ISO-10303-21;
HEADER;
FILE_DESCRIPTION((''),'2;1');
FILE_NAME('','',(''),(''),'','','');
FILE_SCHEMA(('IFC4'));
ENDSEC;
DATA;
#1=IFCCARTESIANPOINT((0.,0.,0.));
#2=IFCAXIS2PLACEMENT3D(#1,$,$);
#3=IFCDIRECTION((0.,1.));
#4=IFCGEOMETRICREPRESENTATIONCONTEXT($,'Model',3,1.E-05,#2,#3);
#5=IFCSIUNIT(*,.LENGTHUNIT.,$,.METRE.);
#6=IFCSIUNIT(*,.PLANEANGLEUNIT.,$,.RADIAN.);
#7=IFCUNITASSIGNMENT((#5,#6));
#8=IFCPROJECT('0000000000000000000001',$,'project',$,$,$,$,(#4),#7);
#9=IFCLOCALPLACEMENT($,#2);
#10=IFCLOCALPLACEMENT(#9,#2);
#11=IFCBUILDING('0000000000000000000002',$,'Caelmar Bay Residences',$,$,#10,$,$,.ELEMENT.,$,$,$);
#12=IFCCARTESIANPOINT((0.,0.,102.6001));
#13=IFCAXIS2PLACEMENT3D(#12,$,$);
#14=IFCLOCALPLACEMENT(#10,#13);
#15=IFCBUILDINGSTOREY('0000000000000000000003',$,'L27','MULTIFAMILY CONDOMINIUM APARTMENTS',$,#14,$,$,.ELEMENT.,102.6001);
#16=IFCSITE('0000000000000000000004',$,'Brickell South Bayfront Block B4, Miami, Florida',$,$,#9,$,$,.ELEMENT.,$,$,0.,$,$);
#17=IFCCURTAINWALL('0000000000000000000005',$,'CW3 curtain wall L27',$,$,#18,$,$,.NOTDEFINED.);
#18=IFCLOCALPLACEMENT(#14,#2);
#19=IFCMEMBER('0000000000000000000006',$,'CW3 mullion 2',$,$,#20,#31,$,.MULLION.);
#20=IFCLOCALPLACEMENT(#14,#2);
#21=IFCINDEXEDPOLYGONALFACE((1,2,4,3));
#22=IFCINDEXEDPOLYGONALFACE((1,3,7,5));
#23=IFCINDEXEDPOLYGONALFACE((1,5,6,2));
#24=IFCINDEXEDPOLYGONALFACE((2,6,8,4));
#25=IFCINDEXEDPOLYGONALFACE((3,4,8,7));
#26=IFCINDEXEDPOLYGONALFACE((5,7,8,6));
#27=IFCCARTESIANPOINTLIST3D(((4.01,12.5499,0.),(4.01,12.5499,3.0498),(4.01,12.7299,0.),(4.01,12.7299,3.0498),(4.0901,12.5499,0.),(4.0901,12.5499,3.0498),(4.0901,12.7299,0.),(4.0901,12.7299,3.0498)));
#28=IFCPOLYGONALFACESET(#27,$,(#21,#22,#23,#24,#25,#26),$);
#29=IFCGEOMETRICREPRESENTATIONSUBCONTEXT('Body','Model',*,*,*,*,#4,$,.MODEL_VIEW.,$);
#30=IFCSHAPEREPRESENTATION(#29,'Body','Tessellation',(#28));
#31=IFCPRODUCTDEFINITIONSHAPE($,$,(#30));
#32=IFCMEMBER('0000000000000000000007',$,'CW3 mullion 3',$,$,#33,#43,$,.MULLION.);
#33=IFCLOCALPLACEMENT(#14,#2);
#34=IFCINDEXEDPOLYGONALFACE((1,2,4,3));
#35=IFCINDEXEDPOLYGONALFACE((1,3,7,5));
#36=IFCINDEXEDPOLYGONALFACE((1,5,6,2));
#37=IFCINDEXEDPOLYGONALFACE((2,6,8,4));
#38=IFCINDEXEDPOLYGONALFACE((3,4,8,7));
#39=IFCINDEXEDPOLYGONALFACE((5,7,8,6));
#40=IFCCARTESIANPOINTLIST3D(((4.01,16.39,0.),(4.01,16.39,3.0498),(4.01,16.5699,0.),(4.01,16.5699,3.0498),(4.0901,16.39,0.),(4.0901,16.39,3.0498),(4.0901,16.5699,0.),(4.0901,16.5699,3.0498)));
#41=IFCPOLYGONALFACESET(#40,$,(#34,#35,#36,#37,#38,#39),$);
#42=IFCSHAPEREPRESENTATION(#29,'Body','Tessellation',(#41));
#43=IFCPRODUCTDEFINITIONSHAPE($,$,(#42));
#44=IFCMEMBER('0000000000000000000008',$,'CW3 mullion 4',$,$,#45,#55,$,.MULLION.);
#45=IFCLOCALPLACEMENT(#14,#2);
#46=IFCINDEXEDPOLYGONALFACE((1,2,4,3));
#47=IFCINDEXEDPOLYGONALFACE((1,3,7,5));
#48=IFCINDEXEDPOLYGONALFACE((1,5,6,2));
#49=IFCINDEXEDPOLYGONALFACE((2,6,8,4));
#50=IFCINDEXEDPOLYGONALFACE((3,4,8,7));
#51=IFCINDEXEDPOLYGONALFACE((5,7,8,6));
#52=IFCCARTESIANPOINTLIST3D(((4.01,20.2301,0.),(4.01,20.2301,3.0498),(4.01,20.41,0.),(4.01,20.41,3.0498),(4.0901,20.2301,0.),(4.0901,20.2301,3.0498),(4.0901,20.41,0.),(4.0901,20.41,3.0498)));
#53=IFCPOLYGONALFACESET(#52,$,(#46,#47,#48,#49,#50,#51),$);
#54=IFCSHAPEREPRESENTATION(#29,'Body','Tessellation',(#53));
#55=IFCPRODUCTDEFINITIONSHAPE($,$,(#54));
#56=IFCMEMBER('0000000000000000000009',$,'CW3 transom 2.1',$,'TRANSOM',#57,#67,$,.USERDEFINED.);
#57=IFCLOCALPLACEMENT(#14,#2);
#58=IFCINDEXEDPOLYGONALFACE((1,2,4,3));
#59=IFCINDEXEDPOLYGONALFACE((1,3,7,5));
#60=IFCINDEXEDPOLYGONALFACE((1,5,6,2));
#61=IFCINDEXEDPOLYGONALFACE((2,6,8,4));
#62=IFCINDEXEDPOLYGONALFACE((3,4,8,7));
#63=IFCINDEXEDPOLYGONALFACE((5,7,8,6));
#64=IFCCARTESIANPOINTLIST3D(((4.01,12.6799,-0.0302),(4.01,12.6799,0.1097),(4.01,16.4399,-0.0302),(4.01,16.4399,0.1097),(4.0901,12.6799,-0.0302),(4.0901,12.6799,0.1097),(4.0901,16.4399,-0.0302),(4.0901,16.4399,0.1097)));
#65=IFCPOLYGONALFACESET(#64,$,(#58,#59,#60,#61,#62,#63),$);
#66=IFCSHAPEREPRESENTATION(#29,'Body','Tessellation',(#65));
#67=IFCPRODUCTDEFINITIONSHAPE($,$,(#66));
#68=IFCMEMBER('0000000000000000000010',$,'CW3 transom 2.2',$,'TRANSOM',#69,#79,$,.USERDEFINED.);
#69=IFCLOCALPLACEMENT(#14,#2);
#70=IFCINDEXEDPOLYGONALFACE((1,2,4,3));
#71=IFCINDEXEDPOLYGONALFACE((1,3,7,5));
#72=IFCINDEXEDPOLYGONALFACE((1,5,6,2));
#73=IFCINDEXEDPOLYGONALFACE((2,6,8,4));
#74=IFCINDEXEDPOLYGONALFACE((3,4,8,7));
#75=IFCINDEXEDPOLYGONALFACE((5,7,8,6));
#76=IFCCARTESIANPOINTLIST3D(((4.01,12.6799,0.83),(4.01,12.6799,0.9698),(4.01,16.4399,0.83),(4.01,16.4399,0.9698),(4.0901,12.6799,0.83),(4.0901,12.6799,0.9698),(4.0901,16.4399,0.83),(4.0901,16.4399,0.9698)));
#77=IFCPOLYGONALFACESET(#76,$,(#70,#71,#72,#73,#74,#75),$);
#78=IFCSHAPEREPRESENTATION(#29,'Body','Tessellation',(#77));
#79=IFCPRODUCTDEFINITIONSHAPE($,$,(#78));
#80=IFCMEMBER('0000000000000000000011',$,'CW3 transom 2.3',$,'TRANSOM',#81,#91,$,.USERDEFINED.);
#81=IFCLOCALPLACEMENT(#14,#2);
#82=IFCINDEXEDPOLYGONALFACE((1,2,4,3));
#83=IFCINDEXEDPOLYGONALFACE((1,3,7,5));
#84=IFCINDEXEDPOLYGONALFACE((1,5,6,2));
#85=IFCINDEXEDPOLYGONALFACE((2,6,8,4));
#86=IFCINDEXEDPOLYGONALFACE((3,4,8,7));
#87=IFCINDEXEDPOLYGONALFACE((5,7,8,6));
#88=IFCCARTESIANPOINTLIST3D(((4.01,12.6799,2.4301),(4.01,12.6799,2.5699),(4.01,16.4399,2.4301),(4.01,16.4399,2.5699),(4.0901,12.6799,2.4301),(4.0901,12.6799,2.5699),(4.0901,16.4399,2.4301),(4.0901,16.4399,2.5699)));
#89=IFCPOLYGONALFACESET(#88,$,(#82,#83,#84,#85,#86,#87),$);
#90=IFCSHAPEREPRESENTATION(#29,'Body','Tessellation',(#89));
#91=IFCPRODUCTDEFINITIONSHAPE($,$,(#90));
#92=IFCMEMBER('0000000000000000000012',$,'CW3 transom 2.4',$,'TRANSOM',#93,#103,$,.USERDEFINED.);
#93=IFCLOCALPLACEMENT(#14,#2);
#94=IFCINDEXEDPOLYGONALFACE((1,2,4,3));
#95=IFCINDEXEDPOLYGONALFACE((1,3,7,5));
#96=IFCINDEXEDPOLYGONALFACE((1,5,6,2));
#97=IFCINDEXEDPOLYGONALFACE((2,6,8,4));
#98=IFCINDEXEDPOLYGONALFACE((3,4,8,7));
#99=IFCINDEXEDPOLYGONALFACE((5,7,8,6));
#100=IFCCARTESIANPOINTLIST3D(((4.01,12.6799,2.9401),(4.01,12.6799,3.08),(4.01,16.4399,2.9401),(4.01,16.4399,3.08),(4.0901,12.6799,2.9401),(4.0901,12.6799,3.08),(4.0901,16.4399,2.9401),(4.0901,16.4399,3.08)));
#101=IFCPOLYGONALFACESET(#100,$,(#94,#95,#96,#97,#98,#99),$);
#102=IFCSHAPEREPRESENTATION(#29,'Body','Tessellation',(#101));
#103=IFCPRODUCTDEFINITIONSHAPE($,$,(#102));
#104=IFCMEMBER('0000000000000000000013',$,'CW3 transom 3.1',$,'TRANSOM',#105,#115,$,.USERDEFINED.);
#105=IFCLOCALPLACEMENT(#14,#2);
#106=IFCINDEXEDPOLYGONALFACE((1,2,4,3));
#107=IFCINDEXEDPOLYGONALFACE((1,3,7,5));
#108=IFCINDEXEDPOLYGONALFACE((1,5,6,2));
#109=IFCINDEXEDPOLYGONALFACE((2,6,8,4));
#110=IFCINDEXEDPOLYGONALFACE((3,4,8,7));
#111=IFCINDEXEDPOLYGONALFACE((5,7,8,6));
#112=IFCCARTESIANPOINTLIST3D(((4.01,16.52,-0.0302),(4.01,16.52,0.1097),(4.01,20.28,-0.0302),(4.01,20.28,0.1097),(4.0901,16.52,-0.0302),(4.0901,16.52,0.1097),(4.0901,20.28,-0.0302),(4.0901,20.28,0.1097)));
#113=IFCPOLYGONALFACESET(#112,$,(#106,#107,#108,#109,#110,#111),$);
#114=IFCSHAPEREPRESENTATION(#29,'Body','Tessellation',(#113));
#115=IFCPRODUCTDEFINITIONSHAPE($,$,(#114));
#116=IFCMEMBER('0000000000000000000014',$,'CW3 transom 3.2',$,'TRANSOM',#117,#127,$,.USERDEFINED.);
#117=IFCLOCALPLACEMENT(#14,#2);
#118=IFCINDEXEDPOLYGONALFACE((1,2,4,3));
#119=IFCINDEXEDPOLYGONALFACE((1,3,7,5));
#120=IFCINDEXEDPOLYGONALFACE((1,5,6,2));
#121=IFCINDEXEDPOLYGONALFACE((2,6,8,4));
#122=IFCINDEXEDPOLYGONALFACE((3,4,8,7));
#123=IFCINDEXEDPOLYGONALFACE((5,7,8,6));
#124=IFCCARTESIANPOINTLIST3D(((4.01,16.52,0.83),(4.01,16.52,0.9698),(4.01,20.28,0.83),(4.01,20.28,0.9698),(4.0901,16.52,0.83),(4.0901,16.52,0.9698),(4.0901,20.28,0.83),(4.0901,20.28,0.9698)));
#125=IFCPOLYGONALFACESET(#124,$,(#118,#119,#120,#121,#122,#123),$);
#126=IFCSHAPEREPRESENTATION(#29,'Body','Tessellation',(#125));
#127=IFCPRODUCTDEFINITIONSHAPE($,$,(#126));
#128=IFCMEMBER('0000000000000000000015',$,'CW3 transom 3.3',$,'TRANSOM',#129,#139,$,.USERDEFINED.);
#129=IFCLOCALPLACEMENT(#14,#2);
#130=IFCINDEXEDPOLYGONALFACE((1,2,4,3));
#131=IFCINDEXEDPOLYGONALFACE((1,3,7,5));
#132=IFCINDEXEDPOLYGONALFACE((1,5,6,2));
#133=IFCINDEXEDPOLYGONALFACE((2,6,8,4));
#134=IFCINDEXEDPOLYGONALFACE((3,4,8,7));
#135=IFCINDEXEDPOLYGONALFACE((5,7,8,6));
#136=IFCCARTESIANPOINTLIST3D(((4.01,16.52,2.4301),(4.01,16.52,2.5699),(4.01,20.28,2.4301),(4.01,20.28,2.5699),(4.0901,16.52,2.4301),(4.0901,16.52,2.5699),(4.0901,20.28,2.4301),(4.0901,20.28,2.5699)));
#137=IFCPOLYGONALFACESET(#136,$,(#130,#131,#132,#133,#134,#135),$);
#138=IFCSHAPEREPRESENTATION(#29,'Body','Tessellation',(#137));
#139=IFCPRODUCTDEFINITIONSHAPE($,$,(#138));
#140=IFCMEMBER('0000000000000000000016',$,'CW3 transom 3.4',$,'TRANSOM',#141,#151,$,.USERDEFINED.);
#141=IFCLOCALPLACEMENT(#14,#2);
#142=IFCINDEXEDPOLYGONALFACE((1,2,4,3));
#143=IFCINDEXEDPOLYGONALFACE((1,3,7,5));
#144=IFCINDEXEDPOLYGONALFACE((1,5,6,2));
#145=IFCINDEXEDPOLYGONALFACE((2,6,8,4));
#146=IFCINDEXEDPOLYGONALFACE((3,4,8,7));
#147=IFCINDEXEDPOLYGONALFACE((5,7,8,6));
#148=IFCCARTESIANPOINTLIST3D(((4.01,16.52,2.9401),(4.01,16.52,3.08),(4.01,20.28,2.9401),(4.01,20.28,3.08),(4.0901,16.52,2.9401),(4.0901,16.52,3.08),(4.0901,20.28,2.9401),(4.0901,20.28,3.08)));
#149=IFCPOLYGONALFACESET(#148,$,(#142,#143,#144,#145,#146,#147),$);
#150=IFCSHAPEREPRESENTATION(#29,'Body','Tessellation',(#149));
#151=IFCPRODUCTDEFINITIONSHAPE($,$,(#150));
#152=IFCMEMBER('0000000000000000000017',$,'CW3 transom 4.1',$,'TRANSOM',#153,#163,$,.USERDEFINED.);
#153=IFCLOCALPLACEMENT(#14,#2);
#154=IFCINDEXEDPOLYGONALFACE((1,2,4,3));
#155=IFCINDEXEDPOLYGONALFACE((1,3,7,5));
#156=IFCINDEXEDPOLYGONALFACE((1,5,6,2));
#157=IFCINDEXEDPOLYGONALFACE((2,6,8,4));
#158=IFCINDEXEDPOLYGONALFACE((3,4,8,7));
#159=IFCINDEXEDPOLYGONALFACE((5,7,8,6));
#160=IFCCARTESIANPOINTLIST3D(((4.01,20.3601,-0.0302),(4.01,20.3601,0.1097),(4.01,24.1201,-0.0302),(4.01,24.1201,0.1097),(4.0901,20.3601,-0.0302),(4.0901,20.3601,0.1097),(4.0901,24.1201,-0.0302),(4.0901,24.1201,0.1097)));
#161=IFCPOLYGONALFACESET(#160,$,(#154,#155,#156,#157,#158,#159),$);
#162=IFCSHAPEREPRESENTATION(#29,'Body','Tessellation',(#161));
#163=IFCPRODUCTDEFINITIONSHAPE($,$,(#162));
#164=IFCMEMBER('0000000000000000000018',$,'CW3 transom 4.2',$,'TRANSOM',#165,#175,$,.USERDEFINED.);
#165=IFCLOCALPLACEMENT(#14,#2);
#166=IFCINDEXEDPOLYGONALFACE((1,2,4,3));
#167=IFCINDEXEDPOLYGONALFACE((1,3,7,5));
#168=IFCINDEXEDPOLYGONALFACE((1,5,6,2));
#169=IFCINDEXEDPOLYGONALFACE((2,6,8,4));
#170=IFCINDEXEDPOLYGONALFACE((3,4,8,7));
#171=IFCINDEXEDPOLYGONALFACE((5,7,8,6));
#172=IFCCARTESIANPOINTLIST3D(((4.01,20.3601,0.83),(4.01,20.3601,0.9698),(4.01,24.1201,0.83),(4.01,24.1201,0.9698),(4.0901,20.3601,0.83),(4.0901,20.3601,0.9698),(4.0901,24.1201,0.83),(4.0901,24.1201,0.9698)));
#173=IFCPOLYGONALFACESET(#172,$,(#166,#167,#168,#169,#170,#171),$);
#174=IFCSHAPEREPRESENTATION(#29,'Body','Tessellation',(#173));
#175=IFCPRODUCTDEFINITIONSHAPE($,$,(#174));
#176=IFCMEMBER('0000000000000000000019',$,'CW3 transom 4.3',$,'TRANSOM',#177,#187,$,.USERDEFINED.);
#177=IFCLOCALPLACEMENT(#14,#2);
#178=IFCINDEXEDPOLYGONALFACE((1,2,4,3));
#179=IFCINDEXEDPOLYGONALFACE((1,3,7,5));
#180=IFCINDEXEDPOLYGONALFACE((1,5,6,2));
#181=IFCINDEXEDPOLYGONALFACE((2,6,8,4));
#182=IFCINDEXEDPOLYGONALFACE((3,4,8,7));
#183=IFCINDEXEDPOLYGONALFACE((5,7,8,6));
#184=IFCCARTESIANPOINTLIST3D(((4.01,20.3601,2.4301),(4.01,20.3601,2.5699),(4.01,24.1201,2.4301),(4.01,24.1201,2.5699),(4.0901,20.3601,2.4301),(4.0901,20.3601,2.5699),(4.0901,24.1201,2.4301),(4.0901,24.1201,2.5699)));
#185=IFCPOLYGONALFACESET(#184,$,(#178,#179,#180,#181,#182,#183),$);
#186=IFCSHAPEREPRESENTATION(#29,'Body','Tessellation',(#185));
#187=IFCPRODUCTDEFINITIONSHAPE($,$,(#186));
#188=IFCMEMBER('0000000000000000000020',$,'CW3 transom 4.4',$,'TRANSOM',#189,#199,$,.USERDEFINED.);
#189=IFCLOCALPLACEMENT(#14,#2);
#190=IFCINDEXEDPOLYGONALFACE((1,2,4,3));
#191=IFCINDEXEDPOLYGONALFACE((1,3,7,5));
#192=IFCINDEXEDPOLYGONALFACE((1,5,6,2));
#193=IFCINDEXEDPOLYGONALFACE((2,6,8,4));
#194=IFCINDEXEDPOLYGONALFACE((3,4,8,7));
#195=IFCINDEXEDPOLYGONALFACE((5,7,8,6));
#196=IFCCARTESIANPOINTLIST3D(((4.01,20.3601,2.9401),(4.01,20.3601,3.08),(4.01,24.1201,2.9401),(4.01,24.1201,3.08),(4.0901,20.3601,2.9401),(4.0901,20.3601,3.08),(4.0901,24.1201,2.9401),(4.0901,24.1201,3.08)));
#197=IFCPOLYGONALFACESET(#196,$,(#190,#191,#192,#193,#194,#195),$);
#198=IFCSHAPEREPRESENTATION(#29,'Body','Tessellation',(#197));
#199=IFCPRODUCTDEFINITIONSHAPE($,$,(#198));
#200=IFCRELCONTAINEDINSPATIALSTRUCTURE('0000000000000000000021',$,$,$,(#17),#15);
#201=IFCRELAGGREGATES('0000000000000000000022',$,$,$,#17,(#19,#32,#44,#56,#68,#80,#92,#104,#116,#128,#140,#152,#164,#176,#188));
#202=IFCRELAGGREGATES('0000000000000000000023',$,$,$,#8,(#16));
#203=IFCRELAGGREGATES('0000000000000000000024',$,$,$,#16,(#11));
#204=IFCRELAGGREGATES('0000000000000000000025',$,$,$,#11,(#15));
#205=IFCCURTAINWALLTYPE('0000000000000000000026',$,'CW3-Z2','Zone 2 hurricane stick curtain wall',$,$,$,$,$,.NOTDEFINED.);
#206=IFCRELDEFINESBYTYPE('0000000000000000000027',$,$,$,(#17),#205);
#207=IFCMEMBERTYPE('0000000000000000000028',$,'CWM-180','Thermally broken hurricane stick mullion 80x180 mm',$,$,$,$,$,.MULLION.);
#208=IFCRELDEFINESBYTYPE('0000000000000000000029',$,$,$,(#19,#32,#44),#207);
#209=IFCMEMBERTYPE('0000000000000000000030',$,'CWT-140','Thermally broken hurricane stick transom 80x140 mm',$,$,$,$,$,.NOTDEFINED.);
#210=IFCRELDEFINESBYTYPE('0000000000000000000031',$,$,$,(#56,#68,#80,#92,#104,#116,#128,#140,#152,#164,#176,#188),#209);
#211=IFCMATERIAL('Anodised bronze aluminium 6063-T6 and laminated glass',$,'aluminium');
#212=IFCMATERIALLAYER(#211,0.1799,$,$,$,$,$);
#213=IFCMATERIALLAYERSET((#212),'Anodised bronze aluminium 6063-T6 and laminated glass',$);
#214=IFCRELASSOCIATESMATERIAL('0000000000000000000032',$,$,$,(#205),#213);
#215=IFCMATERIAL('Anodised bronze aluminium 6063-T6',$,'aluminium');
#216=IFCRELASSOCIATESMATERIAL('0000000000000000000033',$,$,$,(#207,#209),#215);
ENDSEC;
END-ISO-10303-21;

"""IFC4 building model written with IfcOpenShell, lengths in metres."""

from ifc_helpers import new_model, si_unit, direction, frame, origin, origin_2d, place, context, subcontext, project, spatial, rectangle, extrude, material, layer, layer_set, material_profile, profile_set, type_object, element, aggregate, save


model = new_model("IFC4")

# Units and contexts
model_context = context("Model", 3, precision=1e-05, world=origin(), true_north=direction((0.0, 1.0)))
body_context = subcontext(model_context, "Body", "Model", "MODEL_VIEW")
ifc_project = project(units=[si_unit("LENGTHUNIT", "METRE"), si_unit("PLANEANGLEUNIT", "RADIAN")], contexts=[model_context])

# Site, building, storey
site_placement = place(None, origin())
site = spatial("IfcSite", under=ifc_project, at=site_placement, Name="Brickell South Bayfront Block B4, Miami, Florida", CompositionType="ELEMENT", RefElevation=0.0)
building_placement = place(site_placement, origin())
building = spatial("IfcBuilding", under=site, at=building_placement, Name="Caelmar Bay Residences", CompositionType="ELEMENT")
storey_placement = place(building_placement, frame((0.0, 0.0, 102.6001)))
storey = spatial("IfcBuildingStorey", under=building, at=storey_placement, Name="L27", Description="MULTIFAMILY CONDOMINIUM APARTMENTS", CompositionType="ELEMENT", Elevation=102.6001)

# Curtain wall, members
ifc_material_1 = material(Name="Anodised bronze aluminium 6063-T6 and laminated glass", Category="aluminium")
ifc_layer_1 = layer(ifc_material_1, 0.1799)
ifc_layer_set_1 = layer_set([ifc_layer_1], Name="Anodised bronze aluminium 6063-T6 and laminated glass")
curtain_wall_type = type_object("IfcCurtainWallType", Name="CW3-Z2", Description="Zone 2 hurricane stick curtain wall", PredefinedType="NOTDEFINED", material=ifc_layer_set_1)
curtain_wall_placement = place(storey_placement, origin())
curtain_wall = element("IfcCurtainWall", 1, at=curtain_wall_placement, inside=storey, type_object=curtain_wall_type, Name="CW3 curtain wall L27", PredefinedType="NOTDEFINED")
ifc_material_2 = material(Name="Anodised bronze aluminium 6063-T6", Category="aluminium")
ifc_material_profile_1 = material_profile(ifc_material_2, rectangle(XDim=0.0801, YDim=0.1799, at=origin_2d()), Name="CWM-80X180")
ifc_profile_set_1 = profile_set([ifc_material_profile_1], Name="Anodised bronze aluminium 6063-T6")
member_type_1 = type_object("IfcMemberType", Name="CWM-180", Description="Thermally broken hurricane stick mullion 80x180 mm", PredefinedType="MULLION", material=ifc_profile_set_1)
member_1_placement = place(storey_placement, frame((4.05, 12.6399, 0.0), z_axis=(0.0, 0.0, 1.0), x_axis=(-1.0, 0.0, 0.0)))
member_1 = element("IfcMember", 2, at=member_1_placement, type_object=member_type_1, Name="CW3 mullion 2", PredefinedType="MULLION", context=body_context, shape_type="SweptSolid", body=[
    extrude(rectangle(XDim=0.0801, YDim=0.1799, at=origin_2d()), origin(), (0.0, 0.0, 1.0), 3.0498),
])
member_2_placement = place(storey_placement, frame((4.05, 16.48, 0.0), z_axis=(0.0, 0.0, 1.0), x_axis=(-1.0, 0.0, 0.0)))
member_2 = element("IfcMember", 3, at=member_2_placement, type_object=member_type_1, Name="CW3 mullion 3", PredefinedType="MULLION", context=body_context, shape_type="SweptSolid", body=[
    extrude(rectangle(XDim=0.0801, YDim=0.1799, at=origin_2d()), origin(), (0.0, 0.0, 1.0), 3.0498),
])
member_3_placement = place(storey_placement, frame((4.05, 20.3201, 0.0), z_axis=(0.0, 0.0, 1.0), x_axis=(-1.0, 0.0, 0.0)))
member_3 = element("IfcMember", 4, at=member_3_placement, type_object=member_type_1, Name="CW3 mullion 4", PredefinedType="MULLION", context=body_context, shape_type="SweptSolid", body=[
    extrude(rectangle(XDim=0.0801, YDim=0.1799, at=origin_2d()), origin(), (0.0, 0.0, 1.0), 3.0498),
])
ifc_material_profile_2 = material_profile(ifc_material_2, rectangle(XDim=0.0801, YDim=0.1399, at=origin_2d()), Name="CWT-80X140")
ifc_profile_set_2 = profile_set([ifc_material_profile_2], Name="Anodised bronze aluminium 6063-T6")
member_type_2 = type_object("IfcMemberType", Name="CWT-140", Description="Thermally broken hurricane stick transom 80x140 mm", PredefinedType="NOTDEFINED", material=ifc_profile_set_2)
member_4_placement = place(storey_placement, frame((4.05, 12.6799, 0.0398), z_axis=(0.0, 1.0, 0.0), x_axis=(-1.0, 0.0, 0.0)))
member_4 = element("IfcMember", 5, at=member_4_placement, type_object=member_type_2, Name="CW3 transom 2.1", ObjectType="TRANSOM", PredefinedType="USERDEFINED", context=body_context, shape_type="SweptSolid", body=[
    extrude(rectangle(XDim=0.0801, YDim=0.1399, at=origin_2d()), origin(), (0.0, 0.0, 1.0), 3.76),
])
member_5_placement = place(storey_placement, frame((4.05, 12.6799, 0.8999), z_axis=(0.0, 1.0, 0.0), x_axis=(-1.0, 0.0, 0.0)))
member_5 = element("IfcMember", 6, at=member_5_placement, type_object=member_type_2, Name="CW3 transom 2.2", ObjectType="TRANSOM", PredefinedType="USERDEFINED", context=body_context, shape_type="SweptSolid", body=[
    extrude(rectangle(XDim=0.0801, YDim=0.1399, at=origin_2d()), origin(), (0.0, 0.0, 1.0), 3.76),
])
member_6_placement = place(storey_placement, frame((4.05, 12.6799, 2.5), z_axis=(0.0, 1.0, 0.0), x_axis=(-1.0, 0.0, 0.0)))
member_6 = element("IfcMember", 7, at=member_6_placement, type_object=member_type_2, Name="CW3 transom 2.3", ObjectType="TRANSOM", PredefinedType="USERDEFINED", context=body_context, shape_type="SweptSolid", body=[
    extrude(rectangle(XDim=0.0801, YDim=0.1399, at=origin_2d()), origin(), (0.0, 0.0, 1.0), 3.76),
])
member_7_placement = place(storey_placement, frame((4.05, 12.6799, 3.01), z_axis=(0.0, 1.0, 0.0), x_axis=(-1.0, 0.0, 0.0)))
member_7 = element("IfcMember", 8, at=member_7_placement, type_object=member_type_2, Name="CW3 transom 2.4", ObjectType="TRANSOM", PredefinedType="USERDEFINED", context=body_context, shape_type="SweptSolid", body=[
    extrude(rectangle(XDim=0.0801, YDim=0.1399, at=origin_2d()), origin(), (0.0, 0.0, 1.0), 3.76),
])
member_8_placement = place(storey_placement, frame((4.05, 16.52, 0.0398), z_axis=(0.0, 1.0, 0.0), x_axis=(-1.0, 0.0, 0.0)))
member_8 = element("IfcMember", 9, at=member_8_placement, type_object=member_type_2, Name="CW3 transom 3.1", ObjectType="TRANSOM", PredefinedType="USERDEFINED", context=body_context, shape_type="SweptSolid", body=[
    extrude(rectangle(XDim=0.0801, YDim=0.1399, at=origin_2d()), origin(), (0.0, 0.0, 1.0), 3.76),
])
member_9_placement = place(storey_placement, frame((4.05, 16.52, 0.8999), z_axis=(0.0, 1.0, 0.0), x_axis=(-1.0, 0.0, 0.0)))
member_9 = element("IfcMember", 10, at=member_9_placement, type_object=member_type_2, Name="CW3 transom 3.2", ObjectType="TRANSOM", PredefinedType="USERDEFINED", context=body_context, shape_type="SweptSolid", body=[
    extrude(rectangle(XDim=0.0801, YDim=0.1399, at=origin_2d()), origin(), (0.0, 0.0, 1.0), 3.76),
])
member_10_placement = place(storey_placement, frame((4.05, 16.52, 2.5), z_axis=(0.0, 1.0, 0.0), x_axis=(-1.0, 0.0, 0.0)))
member_10 = element("IfcMember", 11, at=member_10_placement, type_object=member_type_2, Name="CW3 transom 3.3", ObjectType="TRANSOM", PredefinedType="USERDEFINED", context=body_context, shape_type="SweptSolid", body=[
    extrude(rectangle(XDim=0.0801, YDim=0.1399, at=origin_2d()), origin(), (0.0, 0.0, 1.0), 3.76),
])
member_11_placement = place(storey_placement, frame((4.05, 16.52, 3.01), z_axis=(0.0, 1.0, 0.0), x_axis=(-1.0, 0.0, 0.0)))
member_11 = element("IfcMember", 12, at=member_11_placement, type_object=member_type_2, Name="CW3 transom 3.4", ObjectType="TRANSOM", PredefinedType="USERDEFINED", context=body_context, shape_type="SweptSolid", body=[
    extrude(rectangle(XDim=0.0801, YDim=0.1399, at=origin_2d()), origin(), (0.0, 0.0, 1.0), 3.76),
])
member_12_placement = place(storey_placement, frame((4.05, 20.3601, 0.0398), z_axis=(0.0, 1.0, 0.0), x_axis=(-1.0, 0.0, 0.0)))
member_12 = element("IfcMember", 13, at=member_12_placement, type_object=member_type_2, Name="CW3 transom 4.1", ObjectType="TRANSOM", PredefinedType="USERDEFINED", context=body_context, shape_type="SweptSolid", body=[
    extrude(rectangle(XDim=0.0801, YDim=0.1399, at=origin_2d()), origin(), (0.0, 0.0, 1.0), 3.76),
])
member_13_placement = place(storey_placement, frame((4.05, 20.3601, 0.8999), z_axis=(0.0, 1.0, 0.0), x_axis=(-1.0, 0.0, 0.0)))
member_13 = element("IfcMember", 14, at=member_13_placement, type_object=member_type_2, Name="CW3 transom 4.2", ObjectType="TRANSOM", PredefinedType="USERDEFINED", context=body_context, shape_type="SweptSolid", body=[
    extrude(rectangle(XDim=0.0801, YDim=0.1399, at=origin_2d()), origin(), (0.0, 0.0, 1.0), 3.76),
])
member_14_placement = place(storey_placement, frame((4.05, 20.3601, 2.5), z_axis=(0.0, 1.0, 0.0), x_axis=(-1.0, 0.0, 0.0)))
member_14 = element("IfcMember", 15, at=member_14_placement, type_object=member_type_2, Name="CW3 transom 4.3", ObjectType="TRANSOM", PredefinedType="USERDEFINED", context=body_context, shape_type="SweptSolid", body=[
    extrude(rectangle(XDim=0.0801, YDim=0.1399, at=origin_2d()), origin(), (0.0, 0.0, 1.0), 3.76),
])
member_15_placement = place(storey_placement, frame((4.05, 20.3601, 3.01), z_axis=(0.0, 1.0, 0.0), x_axis=(-1.0, 0.0, 0.0)))
member_15 = element("IfcMember", 16, at=member_15_placement, type_object=member_type_2, Name="CW3 transom 4.4", ObjectType="TRANSOM", PredefinedType="USERDEFINED", context=body_context, shape_type="SweptSolid", body=[
    extrude(rectangle(XDim=0.0801, YDim=0.1399, at=origin_2d()), origin(), (0.0, 0.0, 1.0), 3.76),
])
aggregate(curtain_wall, [member_1, member_2, member_3, member_4, member_5, member_6, member_7, member_8, member_9, member_10, member_11, member_12, member_13, member_14, member_15])

save(model, "model.ifc")
